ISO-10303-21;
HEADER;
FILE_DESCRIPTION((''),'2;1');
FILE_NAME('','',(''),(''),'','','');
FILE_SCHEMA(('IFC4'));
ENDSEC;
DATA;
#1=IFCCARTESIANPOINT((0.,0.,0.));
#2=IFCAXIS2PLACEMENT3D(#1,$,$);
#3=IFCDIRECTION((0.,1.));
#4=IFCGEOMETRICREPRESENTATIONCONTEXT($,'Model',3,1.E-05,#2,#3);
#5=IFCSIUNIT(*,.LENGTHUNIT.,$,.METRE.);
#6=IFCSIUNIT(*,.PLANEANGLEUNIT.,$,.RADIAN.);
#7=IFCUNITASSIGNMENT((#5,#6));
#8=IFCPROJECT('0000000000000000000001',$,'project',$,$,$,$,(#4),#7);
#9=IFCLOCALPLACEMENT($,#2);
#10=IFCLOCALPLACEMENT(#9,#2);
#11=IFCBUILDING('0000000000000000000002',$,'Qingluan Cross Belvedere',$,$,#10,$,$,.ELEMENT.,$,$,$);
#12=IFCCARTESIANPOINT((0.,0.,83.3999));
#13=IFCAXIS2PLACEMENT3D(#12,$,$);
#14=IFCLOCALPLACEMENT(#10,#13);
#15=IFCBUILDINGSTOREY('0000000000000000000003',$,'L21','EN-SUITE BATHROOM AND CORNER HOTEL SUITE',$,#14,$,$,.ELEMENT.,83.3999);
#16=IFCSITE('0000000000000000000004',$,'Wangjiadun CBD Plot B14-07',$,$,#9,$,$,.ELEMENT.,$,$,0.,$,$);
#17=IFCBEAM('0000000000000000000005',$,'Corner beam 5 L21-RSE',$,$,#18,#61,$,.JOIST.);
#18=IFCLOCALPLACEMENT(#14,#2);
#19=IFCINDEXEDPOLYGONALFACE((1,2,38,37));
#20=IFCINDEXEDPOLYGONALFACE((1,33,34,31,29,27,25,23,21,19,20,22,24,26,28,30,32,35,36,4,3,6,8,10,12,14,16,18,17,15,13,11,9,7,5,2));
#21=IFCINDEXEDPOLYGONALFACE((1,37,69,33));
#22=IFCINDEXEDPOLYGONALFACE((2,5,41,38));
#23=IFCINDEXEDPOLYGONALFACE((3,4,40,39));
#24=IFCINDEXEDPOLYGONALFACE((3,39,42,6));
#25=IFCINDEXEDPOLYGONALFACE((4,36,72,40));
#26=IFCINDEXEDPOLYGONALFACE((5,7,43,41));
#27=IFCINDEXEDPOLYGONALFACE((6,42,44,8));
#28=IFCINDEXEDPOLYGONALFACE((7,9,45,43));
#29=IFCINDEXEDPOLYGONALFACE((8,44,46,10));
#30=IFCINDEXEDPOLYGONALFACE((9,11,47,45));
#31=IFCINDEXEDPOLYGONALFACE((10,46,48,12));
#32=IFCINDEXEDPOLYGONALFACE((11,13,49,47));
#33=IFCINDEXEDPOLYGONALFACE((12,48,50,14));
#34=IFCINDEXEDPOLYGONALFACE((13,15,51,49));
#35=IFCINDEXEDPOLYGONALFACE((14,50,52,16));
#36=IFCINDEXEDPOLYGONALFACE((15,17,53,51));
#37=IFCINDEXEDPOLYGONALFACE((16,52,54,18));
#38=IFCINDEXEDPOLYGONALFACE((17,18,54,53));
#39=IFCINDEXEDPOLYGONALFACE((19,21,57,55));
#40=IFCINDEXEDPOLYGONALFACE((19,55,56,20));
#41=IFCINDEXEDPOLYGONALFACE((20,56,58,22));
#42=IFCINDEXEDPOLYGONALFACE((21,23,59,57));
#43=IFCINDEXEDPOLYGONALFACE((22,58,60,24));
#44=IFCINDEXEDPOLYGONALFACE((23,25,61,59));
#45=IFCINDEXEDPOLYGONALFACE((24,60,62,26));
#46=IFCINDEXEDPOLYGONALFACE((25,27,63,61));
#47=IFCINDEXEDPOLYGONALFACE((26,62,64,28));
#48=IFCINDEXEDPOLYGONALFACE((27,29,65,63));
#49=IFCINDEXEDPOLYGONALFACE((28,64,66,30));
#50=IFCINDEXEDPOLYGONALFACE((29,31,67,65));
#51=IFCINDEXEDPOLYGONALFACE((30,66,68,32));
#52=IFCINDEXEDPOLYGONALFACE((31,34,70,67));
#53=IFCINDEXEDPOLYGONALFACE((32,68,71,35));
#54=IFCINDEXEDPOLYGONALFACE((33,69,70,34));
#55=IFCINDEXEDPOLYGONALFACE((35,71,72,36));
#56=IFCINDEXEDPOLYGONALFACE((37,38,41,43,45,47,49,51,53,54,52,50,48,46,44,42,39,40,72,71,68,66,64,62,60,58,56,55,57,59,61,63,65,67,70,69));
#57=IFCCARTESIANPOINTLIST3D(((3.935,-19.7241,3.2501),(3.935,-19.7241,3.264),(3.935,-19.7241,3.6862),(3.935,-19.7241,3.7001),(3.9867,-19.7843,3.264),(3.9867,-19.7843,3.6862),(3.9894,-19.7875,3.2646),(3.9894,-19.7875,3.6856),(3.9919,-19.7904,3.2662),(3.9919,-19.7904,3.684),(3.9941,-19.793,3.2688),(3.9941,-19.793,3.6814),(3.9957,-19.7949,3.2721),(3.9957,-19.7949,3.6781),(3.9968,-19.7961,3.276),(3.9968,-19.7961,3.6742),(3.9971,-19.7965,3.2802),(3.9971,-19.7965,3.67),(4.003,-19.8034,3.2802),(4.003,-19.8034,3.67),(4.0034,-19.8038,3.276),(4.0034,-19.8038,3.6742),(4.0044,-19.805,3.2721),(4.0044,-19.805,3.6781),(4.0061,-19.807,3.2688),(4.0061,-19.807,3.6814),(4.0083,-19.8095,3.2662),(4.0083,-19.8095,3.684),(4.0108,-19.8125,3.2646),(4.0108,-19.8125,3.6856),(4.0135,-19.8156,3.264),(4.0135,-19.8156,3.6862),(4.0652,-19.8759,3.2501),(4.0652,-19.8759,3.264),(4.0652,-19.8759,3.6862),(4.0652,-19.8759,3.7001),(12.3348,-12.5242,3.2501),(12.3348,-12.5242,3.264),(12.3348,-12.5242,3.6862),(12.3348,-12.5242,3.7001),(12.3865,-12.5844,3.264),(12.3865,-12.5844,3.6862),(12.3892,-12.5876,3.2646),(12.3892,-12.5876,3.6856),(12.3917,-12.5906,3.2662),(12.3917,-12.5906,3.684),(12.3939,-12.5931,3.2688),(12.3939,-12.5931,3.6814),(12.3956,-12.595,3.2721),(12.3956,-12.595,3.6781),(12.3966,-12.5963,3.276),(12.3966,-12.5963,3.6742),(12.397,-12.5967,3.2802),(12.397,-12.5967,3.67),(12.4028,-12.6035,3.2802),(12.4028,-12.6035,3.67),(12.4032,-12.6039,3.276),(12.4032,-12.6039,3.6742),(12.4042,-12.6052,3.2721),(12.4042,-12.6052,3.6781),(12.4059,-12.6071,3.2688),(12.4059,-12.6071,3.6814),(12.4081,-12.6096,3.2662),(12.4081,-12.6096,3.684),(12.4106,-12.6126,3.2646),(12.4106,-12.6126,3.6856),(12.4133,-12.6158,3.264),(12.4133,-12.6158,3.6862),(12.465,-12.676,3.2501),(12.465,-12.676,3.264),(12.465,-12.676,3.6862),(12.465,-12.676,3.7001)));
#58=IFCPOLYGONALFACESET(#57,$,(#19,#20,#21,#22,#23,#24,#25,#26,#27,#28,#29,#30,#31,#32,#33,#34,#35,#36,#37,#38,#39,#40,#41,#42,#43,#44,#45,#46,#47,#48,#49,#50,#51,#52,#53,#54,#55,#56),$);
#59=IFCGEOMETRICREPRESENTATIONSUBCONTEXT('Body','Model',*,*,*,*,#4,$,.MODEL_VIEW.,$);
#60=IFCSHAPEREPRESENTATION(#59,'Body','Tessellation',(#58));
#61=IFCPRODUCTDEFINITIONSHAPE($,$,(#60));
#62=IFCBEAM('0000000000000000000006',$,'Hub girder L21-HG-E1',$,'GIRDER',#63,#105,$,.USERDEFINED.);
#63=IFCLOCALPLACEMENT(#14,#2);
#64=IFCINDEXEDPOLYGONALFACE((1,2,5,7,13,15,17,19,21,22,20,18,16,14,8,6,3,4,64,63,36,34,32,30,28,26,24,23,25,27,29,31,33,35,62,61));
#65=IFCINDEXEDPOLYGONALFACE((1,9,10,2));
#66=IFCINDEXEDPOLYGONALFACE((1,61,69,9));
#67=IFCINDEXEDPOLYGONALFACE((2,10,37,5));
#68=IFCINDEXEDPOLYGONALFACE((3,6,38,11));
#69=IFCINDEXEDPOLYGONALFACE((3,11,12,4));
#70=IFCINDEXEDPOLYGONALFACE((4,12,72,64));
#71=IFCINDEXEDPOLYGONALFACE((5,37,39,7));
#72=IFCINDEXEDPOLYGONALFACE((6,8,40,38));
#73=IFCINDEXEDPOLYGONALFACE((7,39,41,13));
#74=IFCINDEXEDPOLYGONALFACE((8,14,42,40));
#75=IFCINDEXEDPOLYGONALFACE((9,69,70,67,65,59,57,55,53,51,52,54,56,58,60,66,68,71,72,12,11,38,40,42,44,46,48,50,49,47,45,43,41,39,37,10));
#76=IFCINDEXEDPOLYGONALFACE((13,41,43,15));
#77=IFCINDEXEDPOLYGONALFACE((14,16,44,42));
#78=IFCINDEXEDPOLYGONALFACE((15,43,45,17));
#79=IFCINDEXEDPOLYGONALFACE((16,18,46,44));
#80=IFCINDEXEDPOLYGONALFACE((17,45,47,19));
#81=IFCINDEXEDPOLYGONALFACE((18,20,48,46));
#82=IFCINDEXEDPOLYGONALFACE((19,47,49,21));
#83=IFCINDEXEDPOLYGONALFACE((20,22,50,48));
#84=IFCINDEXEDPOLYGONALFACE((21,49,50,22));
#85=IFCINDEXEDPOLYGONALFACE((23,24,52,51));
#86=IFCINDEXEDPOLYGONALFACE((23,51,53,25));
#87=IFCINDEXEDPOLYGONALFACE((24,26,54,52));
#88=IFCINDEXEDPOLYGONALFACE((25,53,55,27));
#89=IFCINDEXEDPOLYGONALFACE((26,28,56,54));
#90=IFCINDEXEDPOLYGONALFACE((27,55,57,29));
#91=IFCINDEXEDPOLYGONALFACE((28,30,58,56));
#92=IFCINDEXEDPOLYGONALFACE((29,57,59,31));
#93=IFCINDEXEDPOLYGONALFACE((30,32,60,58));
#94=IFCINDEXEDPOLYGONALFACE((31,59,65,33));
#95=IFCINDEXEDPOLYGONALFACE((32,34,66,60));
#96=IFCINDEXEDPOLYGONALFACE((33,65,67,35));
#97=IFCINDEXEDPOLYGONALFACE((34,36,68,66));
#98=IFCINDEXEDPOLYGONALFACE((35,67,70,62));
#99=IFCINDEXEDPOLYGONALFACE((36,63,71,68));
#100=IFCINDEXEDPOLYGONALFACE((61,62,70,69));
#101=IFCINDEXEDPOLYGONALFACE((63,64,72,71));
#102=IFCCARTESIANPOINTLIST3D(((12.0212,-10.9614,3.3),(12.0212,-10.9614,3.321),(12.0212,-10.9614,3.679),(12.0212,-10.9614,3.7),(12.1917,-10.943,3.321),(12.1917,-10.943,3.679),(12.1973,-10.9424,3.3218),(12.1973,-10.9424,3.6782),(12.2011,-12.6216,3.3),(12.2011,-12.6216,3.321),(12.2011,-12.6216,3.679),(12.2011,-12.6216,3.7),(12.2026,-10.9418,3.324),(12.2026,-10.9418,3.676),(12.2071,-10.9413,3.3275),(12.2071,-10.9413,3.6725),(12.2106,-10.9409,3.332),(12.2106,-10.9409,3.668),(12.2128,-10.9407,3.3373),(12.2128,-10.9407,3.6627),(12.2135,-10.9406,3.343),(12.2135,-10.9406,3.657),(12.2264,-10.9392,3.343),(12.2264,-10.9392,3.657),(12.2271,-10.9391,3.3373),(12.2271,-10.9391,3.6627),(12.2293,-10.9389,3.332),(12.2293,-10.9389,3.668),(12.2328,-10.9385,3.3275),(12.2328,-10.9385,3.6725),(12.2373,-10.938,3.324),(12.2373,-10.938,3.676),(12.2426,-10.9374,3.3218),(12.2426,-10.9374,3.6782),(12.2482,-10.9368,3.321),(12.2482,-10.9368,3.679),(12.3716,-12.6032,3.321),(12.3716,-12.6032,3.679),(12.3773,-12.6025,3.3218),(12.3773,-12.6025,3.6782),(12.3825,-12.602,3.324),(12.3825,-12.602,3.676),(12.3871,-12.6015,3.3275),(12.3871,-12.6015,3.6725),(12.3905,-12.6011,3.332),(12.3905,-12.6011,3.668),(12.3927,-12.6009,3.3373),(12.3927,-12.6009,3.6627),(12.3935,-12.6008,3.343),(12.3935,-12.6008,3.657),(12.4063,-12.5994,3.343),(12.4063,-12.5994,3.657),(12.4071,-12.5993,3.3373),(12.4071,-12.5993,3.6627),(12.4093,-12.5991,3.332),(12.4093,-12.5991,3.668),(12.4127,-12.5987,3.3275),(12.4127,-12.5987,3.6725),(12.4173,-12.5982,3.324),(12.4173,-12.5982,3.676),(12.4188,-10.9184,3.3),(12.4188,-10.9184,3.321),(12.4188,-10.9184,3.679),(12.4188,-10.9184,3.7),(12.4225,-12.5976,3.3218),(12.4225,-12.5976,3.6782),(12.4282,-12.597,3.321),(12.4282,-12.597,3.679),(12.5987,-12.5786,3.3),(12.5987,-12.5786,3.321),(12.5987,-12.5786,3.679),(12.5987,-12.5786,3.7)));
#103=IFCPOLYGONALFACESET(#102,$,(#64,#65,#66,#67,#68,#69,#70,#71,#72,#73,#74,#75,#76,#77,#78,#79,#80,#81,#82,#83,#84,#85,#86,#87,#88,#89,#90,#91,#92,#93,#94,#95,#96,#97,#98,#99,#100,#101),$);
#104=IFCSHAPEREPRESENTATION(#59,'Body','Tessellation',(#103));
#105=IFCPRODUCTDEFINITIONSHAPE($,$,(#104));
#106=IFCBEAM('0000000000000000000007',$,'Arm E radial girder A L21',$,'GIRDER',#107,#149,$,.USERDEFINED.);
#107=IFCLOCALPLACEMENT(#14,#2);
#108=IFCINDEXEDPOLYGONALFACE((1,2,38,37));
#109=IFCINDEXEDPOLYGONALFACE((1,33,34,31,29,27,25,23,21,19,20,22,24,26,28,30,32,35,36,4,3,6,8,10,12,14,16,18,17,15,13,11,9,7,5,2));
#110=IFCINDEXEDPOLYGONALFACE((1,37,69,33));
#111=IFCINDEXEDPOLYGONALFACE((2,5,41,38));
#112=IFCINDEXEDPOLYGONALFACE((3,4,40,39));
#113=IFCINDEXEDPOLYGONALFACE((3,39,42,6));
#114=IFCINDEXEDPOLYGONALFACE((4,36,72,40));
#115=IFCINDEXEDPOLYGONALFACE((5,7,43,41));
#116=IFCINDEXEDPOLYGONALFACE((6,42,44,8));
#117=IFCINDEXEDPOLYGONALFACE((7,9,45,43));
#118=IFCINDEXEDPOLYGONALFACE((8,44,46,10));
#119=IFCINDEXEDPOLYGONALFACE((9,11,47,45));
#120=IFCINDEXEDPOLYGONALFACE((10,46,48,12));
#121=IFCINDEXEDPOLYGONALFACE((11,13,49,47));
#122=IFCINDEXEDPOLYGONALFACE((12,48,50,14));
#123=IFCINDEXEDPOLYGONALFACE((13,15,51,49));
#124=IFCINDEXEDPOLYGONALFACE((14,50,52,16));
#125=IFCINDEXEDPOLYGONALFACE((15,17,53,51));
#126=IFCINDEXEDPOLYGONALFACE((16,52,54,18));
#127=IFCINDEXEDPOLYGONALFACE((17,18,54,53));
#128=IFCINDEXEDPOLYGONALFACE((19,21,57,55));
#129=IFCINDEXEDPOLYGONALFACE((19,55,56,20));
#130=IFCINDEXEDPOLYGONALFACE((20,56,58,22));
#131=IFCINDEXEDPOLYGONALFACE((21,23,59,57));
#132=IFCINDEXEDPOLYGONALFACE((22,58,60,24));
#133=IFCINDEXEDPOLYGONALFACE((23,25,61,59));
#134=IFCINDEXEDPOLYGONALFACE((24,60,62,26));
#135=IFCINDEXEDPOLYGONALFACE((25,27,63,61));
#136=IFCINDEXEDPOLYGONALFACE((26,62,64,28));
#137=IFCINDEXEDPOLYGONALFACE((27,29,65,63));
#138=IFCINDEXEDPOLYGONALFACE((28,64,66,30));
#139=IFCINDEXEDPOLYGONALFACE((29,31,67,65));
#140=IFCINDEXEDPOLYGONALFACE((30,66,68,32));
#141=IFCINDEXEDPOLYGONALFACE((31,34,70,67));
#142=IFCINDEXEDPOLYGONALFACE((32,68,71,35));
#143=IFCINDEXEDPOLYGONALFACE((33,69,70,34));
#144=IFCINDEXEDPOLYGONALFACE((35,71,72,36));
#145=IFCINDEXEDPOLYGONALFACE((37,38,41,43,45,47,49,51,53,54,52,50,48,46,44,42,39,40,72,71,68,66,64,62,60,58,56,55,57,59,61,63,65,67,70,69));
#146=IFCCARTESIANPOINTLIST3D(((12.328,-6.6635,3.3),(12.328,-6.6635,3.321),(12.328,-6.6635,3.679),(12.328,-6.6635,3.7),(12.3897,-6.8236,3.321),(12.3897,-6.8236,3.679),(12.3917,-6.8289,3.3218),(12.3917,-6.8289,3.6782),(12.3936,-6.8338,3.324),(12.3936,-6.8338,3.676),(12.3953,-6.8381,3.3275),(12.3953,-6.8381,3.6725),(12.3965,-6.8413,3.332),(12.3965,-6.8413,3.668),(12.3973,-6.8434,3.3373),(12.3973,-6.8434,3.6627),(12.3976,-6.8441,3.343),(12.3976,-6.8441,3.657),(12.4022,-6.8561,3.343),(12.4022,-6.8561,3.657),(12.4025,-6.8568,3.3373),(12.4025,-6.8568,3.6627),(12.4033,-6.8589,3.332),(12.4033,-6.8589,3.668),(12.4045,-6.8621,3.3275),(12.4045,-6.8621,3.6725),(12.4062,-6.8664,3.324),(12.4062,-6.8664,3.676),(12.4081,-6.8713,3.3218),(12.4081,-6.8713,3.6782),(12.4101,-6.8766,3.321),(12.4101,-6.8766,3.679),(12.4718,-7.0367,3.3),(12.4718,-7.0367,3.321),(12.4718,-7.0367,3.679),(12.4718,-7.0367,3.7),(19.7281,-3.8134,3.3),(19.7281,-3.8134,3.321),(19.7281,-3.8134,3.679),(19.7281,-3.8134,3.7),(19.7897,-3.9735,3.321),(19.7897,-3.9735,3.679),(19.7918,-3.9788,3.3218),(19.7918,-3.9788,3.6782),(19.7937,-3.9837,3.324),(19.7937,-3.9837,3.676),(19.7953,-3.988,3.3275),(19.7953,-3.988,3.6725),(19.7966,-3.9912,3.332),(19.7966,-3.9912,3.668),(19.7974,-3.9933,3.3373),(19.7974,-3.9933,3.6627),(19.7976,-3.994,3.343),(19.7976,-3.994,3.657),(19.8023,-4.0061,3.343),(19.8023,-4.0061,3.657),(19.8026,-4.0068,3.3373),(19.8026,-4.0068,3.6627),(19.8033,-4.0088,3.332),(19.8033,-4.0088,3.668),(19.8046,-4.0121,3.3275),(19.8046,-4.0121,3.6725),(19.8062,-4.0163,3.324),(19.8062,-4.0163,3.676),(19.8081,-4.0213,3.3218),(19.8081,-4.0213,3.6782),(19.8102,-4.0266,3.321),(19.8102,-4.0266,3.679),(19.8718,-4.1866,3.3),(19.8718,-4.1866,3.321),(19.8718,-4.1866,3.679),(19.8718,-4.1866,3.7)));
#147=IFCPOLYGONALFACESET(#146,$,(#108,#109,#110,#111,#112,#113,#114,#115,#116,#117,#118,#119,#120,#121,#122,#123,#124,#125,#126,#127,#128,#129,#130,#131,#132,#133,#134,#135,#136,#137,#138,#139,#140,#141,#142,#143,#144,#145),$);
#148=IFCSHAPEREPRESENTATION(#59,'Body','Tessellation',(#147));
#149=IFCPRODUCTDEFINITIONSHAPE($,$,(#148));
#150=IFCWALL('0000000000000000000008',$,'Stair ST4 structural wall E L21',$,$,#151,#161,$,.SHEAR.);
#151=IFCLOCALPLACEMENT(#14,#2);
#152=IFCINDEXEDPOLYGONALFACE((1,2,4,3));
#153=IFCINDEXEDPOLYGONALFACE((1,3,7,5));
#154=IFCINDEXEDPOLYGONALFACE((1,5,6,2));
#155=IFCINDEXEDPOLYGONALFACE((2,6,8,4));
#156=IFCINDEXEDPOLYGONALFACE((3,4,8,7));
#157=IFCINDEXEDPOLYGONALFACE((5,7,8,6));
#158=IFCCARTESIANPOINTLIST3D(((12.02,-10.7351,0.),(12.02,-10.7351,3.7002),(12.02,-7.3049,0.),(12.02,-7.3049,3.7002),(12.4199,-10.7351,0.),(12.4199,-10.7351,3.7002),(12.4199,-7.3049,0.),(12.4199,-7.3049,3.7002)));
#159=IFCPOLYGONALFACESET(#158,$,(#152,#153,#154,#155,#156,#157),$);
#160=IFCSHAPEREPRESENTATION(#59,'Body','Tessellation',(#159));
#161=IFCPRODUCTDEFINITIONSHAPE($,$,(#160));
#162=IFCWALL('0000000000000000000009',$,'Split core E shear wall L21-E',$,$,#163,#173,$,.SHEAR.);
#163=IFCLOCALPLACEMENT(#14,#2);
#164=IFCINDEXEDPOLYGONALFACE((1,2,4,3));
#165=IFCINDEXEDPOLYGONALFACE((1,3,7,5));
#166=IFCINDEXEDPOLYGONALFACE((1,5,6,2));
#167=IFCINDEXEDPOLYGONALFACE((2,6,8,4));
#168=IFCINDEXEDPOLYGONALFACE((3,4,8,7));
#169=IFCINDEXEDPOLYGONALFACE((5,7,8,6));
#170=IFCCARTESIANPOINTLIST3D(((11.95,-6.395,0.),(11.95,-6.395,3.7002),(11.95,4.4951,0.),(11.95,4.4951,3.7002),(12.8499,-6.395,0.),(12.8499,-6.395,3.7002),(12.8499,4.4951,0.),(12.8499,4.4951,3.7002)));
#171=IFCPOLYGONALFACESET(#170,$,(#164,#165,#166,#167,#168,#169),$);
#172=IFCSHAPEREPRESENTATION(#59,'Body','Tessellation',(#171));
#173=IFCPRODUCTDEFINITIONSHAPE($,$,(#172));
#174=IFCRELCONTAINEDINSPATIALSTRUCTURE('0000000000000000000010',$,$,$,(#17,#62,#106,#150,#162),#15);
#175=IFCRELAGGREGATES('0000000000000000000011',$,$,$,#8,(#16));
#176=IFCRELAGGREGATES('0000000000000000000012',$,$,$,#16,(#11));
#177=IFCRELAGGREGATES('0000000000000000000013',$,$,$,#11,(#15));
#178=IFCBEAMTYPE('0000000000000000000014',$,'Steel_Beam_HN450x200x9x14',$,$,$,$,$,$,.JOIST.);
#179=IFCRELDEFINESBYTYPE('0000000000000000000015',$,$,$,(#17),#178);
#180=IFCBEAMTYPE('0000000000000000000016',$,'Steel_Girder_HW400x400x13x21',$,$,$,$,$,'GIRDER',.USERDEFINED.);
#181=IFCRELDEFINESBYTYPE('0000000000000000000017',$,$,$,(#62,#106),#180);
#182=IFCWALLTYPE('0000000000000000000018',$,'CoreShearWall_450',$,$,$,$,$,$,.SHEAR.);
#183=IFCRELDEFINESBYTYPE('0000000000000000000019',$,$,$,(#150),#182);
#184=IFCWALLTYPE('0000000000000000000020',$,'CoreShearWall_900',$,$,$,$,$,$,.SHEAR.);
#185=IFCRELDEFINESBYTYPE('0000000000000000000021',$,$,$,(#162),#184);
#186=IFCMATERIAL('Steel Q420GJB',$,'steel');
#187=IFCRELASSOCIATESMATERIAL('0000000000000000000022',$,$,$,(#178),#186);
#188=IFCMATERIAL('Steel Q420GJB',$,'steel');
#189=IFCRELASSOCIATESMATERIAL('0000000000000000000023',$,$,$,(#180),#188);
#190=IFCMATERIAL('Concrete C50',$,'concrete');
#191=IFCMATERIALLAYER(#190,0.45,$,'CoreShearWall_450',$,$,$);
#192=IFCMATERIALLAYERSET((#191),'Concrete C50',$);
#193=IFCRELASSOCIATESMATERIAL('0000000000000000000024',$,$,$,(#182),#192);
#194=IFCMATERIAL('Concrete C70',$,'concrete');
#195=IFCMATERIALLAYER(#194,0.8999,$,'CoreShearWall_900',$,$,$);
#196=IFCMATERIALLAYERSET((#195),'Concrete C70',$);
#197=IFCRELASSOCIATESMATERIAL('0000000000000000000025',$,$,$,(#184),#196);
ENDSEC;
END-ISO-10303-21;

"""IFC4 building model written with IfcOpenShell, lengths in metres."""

from ifc_helpers import new_model, si_unit, direction, frame, frame_2d, origin, origin_2d, place, context, subcontext, project, spatial, rectangle, i_section, extrude, material, layer, layer_set, material_profile, profile_set, type_object, element, save


model = new_model("IFC4")

# Units and contexts
model_context = context("Model", 3, precision=1e-05, world=origin(), true_north=direction((0.0, 1.0)))
body_context = subcontext(model_context, "Body", "Model", "MODEL_VIEW")
ifc_project = project(units=[si_unit("LENGTHUNIT", "METRE"), si_unit("PLANEANGLEUNIT", "RADIAN")], contexts=[model_context])

# Site, building, storey
site_placement = place(None, origin())
site = spatial("IfcSite", under=ifc_project, at=site_placement, Name="Wangjiadun CBD Plot B14-07", CompositionType="ELEMENT", RefElevation=0.0)
building_placement = place(site_placement, origin())
building = spatial("IfcBuilding", under=site, at=building_placement, Name="Qingluan Cross Belvedere", CompositionType="ELEMENT")
storey_placement = place(building_placement, frame((0.0, 0.0, 83.3999)))
storey = spatial("IfcBuildingStorey", under=building, at=storey_placement, Name="L21", Description="EN-SUITE BATHROOM AND CORNER HOTEL SUITE", CompositionType="ELEMENT", Elevation=83.3999)

# Beams
ifc_material_1 = material(Name="Steel Q420GJB", Category="steel")
ifc_material_profile_1 = material_profile(ifc_material_1, i_section(OverallWidth=0.2, OverallDepth=0.45, WebThickness=0.009, FlangeThickness=0.0139, FilletRadius=0.0161, at=origin_2d()), Name="HN450x200x9x14")
ifc_profile_set_1 = profile_set([ifc_material_profile_1], Name="Steel Q420GJB")
beam_type_1 = type_object("IfcBeamType", Name="Steel_Beam_HN450x200x9x14", PredefinedType="JOIST", material=ifc_profile_set_1)
beam_1_placement = place(storey_placement, frame((12.3999, -12.6001, 3.4751), z_axis=(-0.759255, -0.650793, 0.0), x_axis=(0.650793, -0.759255, 0.0)))
element("IfcBeam", 1, at=beam_1_placement, inside=storey, type_object=beam_type_1, Name="Corner beam 5 L21-RSE", PredefinedType="JOIST", context=body_context, shape_type="SweptSolid", body=[
    extrude(i_section(OverallWidth=0.2, OverallDepth=0.45, WebThickness=0.009, FlangeThickness=0.0139, FilletRadius=0.0161, at=origin_2d()), origin(), (0.0, 0.0, 1.0), 11.0632),
])
ifc_material_2 = material(Name="Steel Q420GJB", Category="steel")
ifc_material_profile_2 = material_profile(ifc_material_2, i_section(OverallWidth=0.3999, OverallDepth=0.3999, WebThickness=0.0129, FlangeThickness=0.021, FilletRadius=0.022, at=origin_2d()), Name="HW400x400x13x21")
ifc_profile_set_2 = profile_set([ifc_material_profile_2], Name="Steel Q420GJB")
beam_type_2 = type_object("IfcBeamType", Name="Steel_Girder_HW400x400x13x21", ElementType="GIRDER", PredefinedType="USERDEFINED", material=ifc_profile_set_2)
beam_2_placement = place(storey_placement, frame((12.3999, -12.6001, 3.5), z_axis=(-0.107751, 0.994178, 0.0), x_axis=(-0.994178, -0.107751, 0.0)))
element("IfcBeam", 2, at=beam_2_placement, inside=storey, type_object=beam_type_2, Name="Hub girder L21-HG-E1", ObjectType="GIRDER", PredefinedType="USERDEFINED", context=body_context, shape_type="SweptSolid", body=[
    extrude(i_section(OverallWidth=0.3999, OverallDepth=0.3999, WebThickness=0.0129, FlangeThickness=0.021, FilletRadius=0.022, at=origin_2d()), origin(), (0.0, 0.0, 1.0), 1.6699),
])
beam_3_placement = place(storey_placement, frame((12.3999, -6.8501, 3.5), z_axis=(0.933181, 0.359406, 0.0), x_axis=(-0.359406, 0.933181, 0.0)))
element("IfcBeam", 3, at=beam_3_placement, inside=storey, type_object=beam_type_2, Name="Arm E radial girder A L21", ObjectType="GIRDER", PredefinedType="USERDEFINED", context=body_context, shape_type="SweptSolid", body=[
    extrude(i_section(OverallWidth=0.3999, OverallDepth=0.3999, WebThickness=0.0129, FlangeThickness=0.021, FilletRadius=0.022, at=origin_2d()), origin(), (0.0, 0.0, 1.0), 7.9299),
])

# Walls
ifc_material_3 = material(Name="Concrete C50", Category="concrete")
ifc_layer_1 = layer(ifc_material_3, 0.45, Name="CoreShearWall_450")
ifc_layer_set_1 = layer_set([ifc_layer_1], Name="Concrete C50")
wall_type_1 = type_object("IfcWallType", Name="CoreShearWall_450", PredefinedType="SHEAR", material=ifc_layer_set_1)
wall_1_placement = place(storey_placement, frame((12.22, -10.7351, 0.0), z_axis=(0.0, 0.0, 1.0), x_axis=(0.0, 1.0, 0.0)))
element("IfcWall", 4, at=wall_1_placement, inside=storey, type_object=wall_type_1, Name="Stair ST4 structural wall E L21", PredefinedType="SHEAR", context=body_context, shape_type="SweptSolid", body=[
    extrude(rectangle(XDim=3.4302, YDim=0.3999, at=frame_2d((1.7151, 0.0))), origin(), (0.0, 0.0, 1.0), 3.7002),
])
ifc_material_4 = material(Name="Concrete C70", Category="concrete")
ifc_layer_2 = layer(ifc_material_4, 0.8999, Name="CoreShearWall_900")
ifc_layer_set_2 = layer_set([ifc_layer_2], Name="Concrete C70")
wall_type_2 = type_object("IfcWallType", Name="CoreShearWall_900", PredefinedType="SHEAR", material=ifc_layer_set_2)
wall_2_placement = place(storey_placement, frame((12.3999, -6.395, 0.0), z_axis=(0.0, 0.0, 1.0), x_axis=(0.0, 1.0, 0.0)))
element("IfcWall", 5, at=wall_2_placement, inside=storey, type_object=wall_type_2, Name="Split core E shear wall L21-E", PredefinedType="SHEAR", context=body_context, shape_type="SweptSolid", body=[
    extrude(rectangle(XDim=10.8901, YDim=0.8999, at=frame_2d((5.4451, 0.0))), origin(), (0.0, 0.0, 1.0), 3.7002),
])

save(model, "model.ifc")
